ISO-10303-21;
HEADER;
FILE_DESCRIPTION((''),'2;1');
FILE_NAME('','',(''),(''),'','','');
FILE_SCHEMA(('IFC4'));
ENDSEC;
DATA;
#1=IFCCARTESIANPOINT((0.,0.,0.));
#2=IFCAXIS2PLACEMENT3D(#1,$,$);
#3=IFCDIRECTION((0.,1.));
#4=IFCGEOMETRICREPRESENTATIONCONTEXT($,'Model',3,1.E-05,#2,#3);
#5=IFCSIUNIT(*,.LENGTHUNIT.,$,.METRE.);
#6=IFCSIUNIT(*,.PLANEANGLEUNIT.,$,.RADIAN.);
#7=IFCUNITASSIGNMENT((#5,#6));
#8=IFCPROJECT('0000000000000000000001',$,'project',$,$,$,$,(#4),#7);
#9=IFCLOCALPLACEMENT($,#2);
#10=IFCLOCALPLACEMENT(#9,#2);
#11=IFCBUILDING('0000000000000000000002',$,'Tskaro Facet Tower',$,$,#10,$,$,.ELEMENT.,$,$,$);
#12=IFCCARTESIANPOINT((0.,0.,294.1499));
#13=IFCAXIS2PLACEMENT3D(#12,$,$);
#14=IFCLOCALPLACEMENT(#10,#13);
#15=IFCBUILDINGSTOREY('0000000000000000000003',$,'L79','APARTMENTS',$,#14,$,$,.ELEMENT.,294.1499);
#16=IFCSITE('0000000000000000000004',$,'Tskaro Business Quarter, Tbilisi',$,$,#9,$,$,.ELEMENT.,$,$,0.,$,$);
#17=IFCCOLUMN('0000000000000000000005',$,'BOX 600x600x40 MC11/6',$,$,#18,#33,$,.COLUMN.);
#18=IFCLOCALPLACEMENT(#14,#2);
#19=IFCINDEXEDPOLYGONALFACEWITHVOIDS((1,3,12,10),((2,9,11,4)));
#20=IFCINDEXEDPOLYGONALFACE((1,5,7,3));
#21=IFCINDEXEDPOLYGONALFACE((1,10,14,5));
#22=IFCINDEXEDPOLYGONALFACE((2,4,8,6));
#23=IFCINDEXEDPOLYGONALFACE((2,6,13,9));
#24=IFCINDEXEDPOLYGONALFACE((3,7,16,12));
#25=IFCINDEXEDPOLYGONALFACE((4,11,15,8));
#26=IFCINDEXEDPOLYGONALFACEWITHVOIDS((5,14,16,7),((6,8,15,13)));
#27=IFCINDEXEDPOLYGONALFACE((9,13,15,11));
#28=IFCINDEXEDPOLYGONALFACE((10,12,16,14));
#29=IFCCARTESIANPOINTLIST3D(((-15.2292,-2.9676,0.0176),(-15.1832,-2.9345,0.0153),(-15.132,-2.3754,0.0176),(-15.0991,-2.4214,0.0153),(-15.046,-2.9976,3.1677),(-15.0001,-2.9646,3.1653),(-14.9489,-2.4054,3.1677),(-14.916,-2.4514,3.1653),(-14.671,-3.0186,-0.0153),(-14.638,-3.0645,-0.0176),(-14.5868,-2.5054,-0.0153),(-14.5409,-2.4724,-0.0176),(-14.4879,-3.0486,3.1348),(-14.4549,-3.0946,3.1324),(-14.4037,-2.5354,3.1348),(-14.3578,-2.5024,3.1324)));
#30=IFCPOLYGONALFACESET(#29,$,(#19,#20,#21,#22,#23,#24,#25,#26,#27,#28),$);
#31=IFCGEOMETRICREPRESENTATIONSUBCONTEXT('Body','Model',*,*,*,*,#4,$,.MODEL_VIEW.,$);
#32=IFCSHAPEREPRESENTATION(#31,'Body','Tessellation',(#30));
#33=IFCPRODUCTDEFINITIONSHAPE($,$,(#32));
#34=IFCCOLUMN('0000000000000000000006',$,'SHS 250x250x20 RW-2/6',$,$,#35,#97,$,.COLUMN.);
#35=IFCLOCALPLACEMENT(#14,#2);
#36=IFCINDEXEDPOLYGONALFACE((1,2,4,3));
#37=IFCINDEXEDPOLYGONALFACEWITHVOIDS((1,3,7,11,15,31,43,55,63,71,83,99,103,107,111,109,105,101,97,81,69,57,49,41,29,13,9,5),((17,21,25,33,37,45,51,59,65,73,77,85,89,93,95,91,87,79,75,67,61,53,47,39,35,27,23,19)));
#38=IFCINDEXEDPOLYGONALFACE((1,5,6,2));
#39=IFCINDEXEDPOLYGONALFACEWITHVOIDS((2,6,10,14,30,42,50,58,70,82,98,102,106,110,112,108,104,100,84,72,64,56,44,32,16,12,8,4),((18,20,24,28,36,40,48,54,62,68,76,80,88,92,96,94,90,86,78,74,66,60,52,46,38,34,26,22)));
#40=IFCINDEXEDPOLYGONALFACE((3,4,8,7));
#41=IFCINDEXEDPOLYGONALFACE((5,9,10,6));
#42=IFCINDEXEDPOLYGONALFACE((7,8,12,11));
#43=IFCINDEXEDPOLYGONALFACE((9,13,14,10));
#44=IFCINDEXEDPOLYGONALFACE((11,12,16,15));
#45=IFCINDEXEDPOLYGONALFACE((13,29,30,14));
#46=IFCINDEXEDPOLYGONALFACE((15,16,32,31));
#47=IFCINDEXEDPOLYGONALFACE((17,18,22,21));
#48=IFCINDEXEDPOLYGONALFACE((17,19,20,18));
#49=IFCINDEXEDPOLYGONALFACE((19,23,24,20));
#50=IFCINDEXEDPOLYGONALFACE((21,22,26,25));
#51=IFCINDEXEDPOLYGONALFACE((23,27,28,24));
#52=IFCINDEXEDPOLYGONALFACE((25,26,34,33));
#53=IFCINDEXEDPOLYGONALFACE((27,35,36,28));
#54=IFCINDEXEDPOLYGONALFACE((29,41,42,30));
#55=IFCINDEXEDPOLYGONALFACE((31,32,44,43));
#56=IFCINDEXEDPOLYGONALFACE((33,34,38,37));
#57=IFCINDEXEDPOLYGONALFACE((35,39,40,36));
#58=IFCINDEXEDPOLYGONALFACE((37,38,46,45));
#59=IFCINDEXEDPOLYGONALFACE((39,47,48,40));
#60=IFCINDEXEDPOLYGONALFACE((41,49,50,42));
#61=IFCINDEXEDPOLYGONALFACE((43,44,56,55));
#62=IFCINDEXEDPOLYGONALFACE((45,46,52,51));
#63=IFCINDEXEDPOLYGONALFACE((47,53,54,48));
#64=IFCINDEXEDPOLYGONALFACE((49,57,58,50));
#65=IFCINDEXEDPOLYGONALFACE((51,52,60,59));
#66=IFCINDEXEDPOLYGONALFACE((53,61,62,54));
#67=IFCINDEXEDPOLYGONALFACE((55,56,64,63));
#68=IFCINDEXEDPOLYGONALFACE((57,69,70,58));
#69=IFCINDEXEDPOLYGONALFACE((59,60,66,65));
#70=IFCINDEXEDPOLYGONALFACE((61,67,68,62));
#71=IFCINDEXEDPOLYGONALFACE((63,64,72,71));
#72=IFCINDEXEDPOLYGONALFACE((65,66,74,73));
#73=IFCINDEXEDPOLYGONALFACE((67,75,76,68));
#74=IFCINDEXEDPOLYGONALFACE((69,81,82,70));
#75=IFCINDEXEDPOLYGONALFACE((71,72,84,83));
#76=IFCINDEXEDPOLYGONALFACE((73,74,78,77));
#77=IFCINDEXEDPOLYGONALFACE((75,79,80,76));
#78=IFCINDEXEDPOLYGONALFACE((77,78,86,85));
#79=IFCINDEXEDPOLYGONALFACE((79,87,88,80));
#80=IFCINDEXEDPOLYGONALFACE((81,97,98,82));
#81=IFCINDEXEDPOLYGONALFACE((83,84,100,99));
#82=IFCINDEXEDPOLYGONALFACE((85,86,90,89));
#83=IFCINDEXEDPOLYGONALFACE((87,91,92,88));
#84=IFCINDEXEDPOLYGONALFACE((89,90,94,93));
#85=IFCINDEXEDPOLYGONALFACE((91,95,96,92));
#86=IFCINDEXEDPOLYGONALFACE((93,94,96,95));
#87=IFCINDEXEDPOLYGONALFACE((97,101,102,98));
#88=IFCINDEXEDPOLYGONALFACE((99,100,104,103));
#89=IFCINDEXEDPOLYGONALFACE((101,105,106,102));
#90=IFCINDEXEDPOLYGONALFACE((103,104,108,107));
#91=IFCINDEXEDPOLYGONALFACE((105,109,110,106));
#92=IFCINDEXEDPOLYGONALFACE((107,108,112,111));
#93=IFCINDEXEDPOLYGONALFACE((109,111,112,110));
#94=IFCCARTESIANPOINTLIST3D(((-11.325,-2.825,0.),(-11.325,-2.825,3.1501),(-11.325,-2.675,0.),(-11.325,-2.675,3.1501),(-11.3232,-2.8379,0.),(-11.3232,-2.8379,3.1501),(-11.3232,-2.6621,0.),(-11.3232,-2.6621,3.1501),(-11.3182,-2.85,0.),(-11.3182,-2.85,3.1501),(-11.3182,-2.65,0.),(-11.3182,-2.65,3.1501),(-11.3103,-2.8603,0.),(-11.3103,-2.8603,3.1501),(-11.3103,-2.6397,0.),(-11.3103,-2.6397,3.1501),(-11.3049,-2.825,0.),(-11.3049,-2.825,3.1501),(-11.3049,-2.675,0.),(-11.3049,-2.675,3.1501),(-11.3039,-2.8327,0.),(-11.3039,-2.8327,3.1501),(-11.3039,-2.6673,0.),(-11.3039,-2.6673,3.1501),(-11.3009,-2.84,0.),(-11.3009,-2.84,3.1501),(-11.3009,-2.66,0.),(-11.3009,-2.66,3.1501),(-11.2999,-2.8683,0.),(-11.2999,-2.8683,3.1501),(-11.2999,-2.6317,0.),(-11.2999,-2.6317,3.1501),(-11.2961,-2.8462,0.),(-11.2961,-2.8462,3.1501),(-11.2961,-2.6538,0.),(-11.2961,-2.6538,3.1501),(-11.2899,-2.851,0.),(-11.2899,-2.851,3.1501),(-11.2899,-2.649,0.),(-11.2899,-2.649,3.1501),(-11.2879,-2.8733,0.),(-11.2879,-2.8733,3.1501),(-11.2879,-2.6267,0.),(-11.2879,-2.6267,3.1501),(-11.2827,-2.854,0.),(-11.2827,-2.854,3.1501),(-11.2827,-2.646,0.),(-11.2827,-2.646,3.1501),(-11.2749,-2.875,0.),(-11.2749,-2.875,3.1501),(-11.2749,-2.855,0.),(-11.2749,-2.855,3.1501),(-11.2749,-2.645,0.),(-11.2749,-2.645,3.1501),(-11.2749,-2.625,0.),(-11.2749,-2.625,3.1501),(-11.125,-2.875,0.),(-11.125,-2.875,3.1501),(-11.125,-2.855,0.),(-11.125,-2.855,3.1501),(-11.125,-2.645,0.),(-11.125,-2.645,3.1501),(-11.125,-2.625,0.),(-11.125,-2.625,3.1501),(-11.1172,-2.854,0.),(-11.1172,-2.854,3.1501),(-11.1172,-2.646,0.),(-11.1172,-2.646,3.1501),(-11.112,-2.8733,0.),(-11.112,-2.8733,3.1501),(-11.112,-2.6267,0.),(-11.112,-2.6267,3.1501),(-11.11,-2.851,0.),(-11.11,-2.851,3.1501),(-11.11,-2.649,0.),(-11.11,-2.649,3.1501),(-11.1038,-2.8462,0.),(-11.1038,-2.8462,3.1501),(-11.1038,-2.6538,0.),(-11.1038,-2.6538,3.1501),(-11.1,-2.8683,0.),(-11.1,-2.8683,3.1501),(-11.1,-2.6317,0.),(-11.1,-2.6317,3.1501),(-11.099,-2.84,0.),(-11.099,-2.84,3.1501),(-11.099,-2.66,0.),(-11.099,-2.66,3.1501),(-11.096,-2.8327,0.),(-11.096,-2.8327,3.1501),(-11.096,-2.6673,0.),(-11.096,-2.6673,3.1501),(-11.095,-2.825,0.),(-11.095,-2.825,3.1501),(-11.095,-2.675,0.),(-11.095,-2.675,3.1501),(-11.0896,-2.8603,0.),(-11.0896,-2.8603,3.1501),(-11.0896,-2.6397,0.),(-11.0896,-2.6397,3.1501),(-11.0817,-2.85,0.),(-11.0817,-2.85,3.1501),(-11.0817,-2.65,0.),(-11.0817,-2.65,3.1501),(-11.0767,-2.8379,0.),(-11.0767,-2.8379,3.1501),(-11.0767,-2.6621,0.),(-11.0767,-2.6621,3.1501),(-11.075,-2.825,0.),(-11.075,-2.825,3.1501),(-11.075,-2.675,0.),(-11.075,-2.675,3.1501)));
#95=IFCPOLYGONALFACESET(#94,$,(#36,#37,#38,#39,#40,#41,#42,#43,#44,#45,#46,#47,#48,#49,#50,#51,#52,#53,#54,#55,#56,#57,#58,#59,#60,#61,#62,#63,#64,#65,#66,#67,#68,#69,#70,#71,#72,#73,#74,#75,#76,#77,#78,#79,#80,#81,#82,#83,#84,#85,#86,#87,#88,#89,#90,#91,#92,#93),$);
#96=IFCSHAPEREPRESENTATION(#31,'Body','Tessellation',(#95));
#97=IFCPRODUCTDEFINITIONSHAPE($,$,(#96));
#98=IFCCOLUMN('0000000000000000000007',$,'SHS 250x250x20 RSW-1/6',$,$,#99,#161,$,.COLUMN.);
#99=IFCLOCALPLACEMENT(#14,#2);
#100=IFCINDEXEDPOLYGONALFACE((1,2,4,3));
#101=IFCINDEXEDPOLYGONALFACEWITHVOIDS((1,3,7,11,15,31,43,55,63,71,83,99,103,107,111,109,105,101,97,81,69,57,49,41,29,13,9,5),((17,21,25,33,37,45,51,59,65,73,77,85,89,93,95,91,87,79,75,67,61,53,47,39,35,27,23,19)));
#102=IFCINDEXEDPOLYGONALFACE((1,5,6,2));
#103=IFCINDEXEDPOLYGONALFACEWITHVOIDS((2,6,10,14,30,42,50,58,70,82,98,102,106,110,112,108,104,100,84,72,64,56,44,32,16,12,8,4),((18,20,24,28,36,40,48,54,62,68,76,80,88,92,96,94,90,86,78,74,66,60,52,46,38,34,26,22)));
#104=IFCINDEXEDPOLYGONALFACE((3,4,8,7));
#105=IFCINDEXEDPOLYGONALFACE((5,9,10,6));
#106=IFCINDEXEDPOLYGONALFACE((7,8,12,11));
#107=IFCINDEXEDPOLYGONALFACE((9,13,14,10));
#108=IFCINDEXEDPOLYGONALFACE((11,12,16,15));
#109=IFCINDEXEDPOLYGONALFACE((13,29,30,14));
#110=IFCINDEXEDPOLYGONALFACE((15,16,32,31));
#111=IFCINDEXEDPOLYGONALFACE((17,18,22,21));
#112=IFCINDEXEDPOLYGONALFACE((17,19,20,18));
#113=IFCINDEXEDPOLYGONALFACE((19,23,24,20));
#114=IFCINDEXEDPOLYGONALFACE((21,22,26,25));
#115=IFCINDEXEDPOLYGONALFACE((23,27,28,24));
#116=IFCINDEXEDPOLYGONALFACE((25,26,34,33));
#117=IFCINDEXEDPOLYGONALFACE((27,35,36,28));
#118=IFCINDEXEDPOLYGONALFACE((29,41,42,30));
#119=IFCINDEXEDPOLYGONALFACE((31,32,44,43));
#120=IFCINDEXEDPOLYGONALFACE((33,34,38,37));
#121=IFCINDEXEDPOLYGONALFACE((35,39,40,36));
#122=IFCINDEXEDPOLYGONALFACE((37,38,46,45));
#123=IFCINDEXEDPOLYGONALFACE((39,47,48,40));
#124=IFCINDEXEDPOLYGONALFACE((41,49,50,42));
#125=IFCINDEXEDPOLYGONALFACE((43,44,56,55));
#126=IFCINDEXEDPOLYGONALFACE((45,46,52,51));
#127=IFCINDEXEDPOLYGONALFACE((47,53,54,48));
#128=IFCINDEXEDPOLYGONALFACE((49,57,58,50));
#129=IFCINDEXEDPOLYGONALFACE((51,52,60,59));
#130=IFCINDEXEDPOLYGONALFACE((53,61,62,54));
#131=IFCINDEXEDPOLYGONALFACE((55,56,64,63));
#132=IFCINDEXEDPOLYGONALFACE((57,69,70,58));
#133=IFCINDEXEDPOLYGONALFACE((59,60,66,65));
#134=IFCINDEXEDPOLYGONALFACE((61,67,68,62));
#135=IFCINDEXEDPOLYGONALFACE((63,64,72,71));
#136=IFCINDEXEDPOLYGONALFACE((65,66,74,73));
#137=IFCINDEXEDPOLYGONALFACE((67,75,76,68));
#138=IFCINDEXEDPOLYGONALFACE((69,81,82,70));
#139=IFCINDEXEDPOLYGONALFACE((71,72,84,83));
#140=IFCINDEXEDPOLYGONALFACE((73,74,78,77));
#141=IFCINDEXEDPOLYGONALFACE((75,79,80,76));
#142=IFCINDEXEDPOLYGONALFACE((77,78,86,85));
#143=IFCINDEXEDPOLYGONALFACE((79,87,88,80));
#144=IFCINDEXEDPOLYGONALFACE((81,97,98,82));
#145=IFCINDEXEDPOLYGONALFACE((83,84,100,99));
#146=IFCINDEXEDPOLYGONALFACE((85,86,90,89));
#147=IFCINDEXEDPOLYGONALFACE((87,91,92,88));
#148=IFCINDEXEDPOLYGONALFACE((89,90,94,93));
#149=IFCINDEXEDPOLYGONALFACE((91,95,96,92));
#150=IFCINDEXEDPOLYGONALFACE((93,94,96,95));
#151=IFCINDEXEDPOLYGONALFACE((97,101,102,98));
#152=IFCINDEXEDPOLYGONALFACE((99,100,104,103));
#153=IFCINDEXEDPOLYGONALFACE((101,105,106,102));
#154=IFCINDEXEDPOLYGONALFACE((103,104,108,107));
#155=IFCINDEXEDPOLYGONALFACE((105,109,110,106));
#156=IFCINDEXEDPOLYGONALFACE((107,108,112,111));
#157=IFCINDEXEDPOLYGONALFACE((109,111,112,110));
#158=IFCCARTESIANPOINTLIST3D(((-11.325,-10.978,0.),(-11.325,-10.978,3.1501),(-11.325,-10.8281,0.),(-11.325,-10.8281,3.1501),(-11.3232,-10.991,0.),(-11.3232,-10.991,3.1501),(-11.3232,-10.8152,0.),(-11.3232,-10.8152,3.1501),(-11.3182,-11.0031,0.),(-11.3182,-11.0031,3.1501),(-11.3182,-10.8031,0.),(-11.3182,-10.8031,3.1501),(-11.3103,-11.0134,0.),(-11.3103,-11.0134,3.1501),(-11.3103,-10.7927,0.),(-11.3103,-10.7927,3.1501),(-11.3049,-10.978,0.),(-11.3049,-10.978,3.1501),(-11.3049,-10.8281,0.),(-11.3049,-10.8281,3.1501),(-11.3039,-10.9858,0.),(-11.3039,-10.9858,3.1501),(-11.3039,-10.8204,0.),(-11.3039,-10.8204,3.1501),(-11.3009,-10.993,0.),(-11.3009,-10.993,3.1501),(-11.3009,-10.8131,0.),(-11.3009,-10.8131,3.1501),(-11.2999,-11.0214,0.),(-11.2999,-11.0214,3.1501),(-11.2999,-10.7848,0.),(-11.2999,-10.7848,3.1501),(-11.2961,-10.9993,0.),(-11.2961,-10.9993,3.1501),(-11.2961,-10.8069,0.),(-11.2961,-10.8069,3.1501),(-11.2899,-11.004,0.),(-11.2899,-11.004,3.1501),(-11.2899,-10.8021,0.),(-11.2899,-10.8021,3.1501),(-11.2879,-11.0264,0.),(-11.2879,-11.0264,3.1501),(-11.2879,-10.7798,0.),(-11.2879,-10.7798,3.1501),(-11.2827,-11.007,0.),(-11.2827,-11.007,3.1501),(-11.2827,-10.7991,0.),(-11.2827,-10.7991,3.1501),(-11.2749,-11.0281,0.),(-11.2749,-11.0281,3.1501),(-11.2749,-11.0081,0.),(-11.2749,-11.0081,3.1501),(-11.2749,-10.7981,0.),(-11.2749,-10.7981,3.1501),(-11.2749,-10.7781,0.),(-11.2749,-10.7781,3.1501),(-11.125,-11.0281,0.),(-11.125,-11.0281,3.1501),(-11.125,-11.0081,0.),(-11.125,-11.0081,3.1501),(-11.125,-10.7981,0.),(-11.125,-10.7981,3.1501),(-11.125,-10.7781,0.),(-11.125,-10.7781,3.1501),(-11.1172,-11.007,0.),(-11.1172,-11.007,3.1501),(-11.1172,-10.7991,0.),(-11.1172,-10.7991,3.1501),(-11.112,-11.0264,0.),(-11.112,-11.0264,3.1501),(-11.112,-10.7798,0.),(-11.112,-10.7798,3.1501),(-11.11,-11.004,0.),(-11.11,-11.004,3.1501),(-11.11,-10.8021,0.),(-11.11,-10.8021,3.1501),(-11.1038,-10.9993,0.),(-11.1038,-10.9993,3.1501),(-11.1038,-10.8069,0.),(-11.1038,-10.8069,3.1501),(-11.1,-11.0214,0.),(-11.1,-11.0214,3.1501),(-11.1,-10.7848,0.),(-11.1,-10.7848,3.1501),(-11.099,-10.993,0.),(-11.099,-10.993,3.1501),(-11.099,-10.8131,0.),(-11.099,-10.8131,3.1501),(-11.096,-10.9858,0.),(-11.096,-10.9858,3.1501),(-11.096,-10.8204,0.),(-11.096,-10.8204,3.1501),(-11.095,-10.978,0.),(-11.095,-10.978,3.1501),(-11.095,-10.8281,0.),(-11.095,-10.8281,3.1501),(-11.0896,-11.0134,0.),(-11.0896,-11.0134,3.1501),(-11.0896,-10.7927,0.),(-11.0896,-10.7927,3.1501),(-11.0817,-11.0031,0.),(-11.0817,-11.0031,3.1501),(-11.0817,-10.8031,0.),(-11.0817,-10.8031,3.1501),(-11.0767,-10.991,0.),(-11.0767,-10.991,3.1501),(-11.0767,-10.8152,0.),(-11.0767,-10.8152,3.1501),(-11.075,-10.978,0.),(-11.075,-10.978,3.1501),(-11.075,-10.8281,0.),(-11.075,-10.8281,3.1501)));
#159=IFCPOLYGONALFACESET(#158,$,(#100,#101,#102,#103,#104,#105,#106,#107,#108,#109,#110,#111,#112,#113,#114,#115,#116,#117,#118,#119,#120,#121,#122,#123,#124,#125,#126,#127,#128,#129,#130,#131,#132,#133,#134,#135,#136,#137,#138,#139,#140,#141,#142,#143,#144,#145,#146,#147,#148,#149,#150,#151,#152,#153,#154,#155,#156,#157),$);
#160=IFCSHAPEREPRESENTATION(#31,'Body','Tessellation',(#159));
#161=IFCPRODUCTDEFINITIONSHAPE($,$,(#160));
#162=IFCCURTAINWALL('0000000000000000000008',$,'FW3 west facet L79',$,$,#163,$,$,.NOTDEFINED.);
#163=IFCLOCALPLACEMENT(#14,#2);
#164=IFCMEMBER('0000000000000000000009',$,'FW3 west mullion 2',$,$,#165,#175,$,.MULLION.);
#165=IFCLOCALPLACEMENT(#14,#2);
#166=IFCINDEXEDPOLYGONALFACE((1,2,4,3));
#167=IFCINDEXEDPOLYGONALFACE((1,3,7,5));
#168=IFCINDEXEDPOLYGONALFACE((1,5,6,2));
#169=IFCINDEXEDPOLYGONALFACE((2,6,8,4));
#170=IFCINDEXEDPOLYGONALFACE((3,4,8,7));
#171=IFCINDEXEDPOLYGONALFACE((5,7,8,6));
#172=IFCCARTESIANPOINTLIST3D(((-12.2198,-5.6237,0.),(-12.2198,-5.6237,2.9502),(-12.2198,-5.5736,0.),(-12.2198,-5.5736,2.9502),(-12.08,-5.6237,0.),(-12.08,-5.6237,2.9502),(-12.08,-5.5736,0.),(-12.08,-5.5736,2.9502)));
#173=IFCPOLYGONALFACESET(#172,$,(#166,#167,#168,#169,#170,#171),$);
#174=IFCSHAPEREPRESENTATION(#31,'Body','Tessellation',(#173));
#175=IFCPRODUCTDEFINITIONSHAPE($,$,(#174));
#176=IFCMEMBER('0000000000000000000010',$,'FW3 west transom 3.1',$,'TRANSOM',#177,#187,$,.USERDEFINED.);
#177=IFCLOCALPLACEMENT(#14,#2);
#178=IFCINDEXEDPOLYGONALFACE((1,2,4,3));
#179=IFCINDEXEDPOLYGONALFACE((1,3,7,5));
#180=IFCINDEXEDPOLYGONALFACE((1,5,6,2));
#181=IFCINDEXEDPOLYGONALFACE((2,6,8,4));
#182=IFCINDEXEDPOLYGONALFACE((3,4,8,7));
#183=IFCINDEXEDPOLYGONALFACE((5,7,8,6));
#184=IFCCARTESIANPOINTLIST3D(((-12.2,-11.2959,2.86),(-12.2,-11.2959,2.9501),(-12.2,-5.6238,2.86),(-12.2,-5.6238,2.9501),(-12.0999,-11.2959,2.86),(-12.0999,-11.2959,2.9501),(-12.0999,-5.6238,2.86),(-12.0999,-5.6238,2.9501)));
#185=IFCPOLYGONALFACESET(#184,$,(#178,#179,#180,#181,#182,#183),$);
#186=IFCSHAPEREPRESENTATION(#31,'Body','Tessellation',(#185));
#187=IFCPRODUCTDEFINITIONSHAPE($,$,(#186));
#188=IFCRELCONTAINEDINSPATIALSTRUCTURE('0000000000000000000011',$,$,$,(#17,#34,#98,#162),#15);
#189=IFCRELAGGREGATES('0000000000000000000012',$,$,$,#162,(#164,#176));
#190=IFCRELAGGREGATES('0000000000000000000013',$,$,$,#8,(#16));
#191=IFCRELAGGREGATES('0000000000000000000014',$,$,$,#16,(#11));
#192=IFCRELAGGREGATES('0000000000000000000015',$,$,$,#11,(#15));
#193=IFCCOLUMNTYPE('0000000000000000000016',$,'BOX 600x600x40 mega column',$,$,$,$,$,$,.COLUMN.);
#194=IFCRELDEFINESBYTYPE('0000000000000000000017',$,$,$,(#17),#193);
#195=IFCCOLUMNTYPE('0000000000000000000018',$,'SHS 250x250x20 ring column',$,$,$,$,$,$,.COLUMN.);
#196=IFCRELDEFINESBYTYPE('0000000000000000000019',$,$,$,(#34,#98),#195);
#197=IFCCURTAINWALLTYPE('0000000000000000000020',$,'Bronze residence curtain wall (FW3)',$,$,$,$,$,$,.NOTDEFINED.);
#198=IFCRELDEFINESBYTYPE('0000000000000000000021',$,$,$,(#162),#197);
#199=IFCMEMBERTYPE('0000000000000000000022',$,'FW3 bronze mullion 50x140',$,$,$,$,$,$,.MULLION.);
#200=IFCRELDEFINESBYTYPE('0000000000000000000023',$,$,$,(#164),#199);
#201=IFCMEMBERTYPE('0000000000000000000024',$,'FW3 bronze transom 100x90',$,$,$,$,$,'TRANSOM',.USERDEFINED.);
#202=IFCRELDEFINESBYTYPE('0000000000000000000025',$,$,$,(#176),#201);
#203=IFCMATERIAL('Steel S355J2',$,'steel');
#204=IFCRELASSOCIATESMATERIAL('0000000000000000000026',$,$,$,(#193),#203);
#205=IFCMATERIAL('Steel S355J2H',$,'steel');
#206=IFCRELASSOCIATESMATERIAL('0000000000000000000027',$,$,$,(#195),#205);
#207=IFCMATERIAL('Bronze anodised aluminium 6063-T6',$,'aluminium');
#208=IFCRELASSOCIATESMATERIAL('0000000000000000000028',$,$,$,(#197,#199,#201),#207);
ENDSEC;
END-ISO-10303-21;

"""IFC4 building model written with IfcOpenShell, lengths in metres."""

from ifc_helpers import new_model, si_unit, direction, frame, origin, origin_2d, place, context, subcontext, project, spatial, rectangle, hollow_rectangle, extrude, material, material_profile, profile_set, type_object, element, aggregate, save


model = new_model("IFC4")

# Units and contexts
model_context = context("Model", 3, precision=1e-05, world=origin(), true_north=direction((0.0, 1.0)))
body_context = subcontext(model_context, "Body", "Model", "MODEL_VIEW")
ifc_project = project(units=[si_unit("LENGTHUNIT", "METRE"), si_unit("PLANEANGLEUNIT", "RADIAN")], contexts=[model_context])

# Site, building, storey
site_placement = place(None, origin())
site = spatial("IfcSite", under=ifc_project, at=site_placement, Name="Tskaro Business Quarter, Tbilisi", CompositionType="ELEMENT", RefElevation=0.0)
building_placement = place(site_placement, origin())
building = spatial("IfcBuilding", under=site, at=building_placement, Name="Tskaro Facet Tower", CompositionType="ELEMENT")
storey_placement = place(building_placement, frame((0.0, 0.0, 294.1499)))
storey = spatial("IfcBuildingStorey", under=building, at=storey_placement, Name="L79", Description="APARTMENTS", CompositionType="ELEMENT", Elevation=294.1499)

# Columns
ifc_material_1 = material(Name="Steel S355J2", Category="steel")
ifc_material_profile_1 = material_profile(ifc_material_1, hollow_rectangle(XDim=0.6001, YDim=0.6001, WallThickness=0.04, at=origin_2d()), Name="BOX 600x600x40")
ifc_profile_set_1 = profile_set([ifc_material_profile_1], Name="Steel S355J2")
column_type_1 = type_object("IfcColumnType", Name="BOX 600x600x40 mega column", PredefinedType="COLUMN", material=ifc_profile_set_1)
column_placement = place(storey_placement, frame((-14.885, -2.72, 0.0), z_axis=(0.058025, -0.009516, 0.99827), x_axis=(0.161838, 0.986817, 0.0)))
element("IfcColumn", 1, at=column_placement, inside=storey, type_object=column_type_1, Name="BOX 600x600x40 MC11/6", PredefinedType="COLUMN", context=body_context, shape_type="SweptSolid", body=[
    extrude(hollow_rectangle(XDim=0.6001, YDim=0.6001, WallThickness=0.04, at=origin_2d()), origin(), (0.0, 0.0, 1.0), 3.1555),
])
ifc_material_2 = material(Name="Steel S355J2H", Category="steel")
ifc_material_profile_2 = material_profile(ifc_material_2, hollow_rectangle(XDim=0.25, YDim=0.25, WallThickness=0.02, InnerFilletRadius=0.03, OuterFilletRadius=0.05, at=origin_2d()), Name="SHS 250x250x20")
ifc_profile_set_2 = profile_set([ifc_material_profile_2], Name="Steel S355J2H")
column_type_2 = type_object("IfcColumnType", Name="SHS 250x250x20 ring column", PredefinedType="COLUMN", material=ifc_profile_set_2)
for number, where, z_axis, x_axis, name in (
    (2, (-11.2, -2.75, 0.0), (0.0, 0.0, 1.0), (1.0, 0.0, 0.0), "SHS 250x250x20 RW-2/6"),
    (3, (-11.2, -10.9031, 0.0), (0.0, 0.0, 1.0), (1.0, 0.0, 0.0), "SHS 250x250x20 RSW-1/6"),
):
    element("IfcColumn", number, at=place(storey_placement, frame(where, z_axis=z_axis, x_axis=x_axis)), inside=storey, type_object=column_type_2, Name=name, PredefinedType="COLUMN", context=body_context, shape_type="SweptSolid", body=[
        extrude(hollow_rectangle(XDim=0.25, YDim=0.25, WallThickness=0.02, InnerFilletRadius=0.03, OuterFilletRadius=0.05, at=origin_2d()), origin(), (0.0, 0.0, 1.0), 3.1501),
    ])

# Curtain wall, members
ifc_material_3 = material(Name="Bronze anodised aluminium 6063-T6", Category="aluminium")
curtain_wall_type = type_object("IfcCurtainWallType", Name="Bronze residence curtain wall (FW3)", PredefinedType="NOTDEFINED", material=ifc_material_3)
curtain_wall_placement = place(storey_placement, origin())
curtain_wall = element("IfcCurtainWall", 4, at=curtain_wall_placement, inside=storey, type_object=curtain_wall_type, Name="FW3 west facet L79", PredefinedType="NOTDEFINED")
ifc_material_profile_3 = material_profile(ifc_material_3, rectangle(XDim=0.05, YDim=0.1399, at=origin_2d()), Name="Mullion 50x140")
ifc_profile_set_3 = profile_set([ifc_material_profile_3], Name="Bronze anodised aluminium 6063-T6")
member_type_1 = type_object("IfcMemberType", Name="FW3 bronze mullion 50x140", PredefinedType="MULLION", material=ifc_profile_set_3)
member_1_placement = place(storey_placement, frame((-12.1499, -5.5986, 0.0), z_axis=(0.0, 0.0, 1.0), x_axis=(0.0, -1.0, 0.0)))
member_1 = element("IfcMember", 5, at=member_1_placement, type_object=member_type_1, Name="FW3 west mullion 2", PredefinedType="MULLION", context=body_context, shape_type="SweptSolid", body=[
    extrude(rectangle(XDim=0.05, YDim=0.1399, at=origin_2d()), origin(), (0.0, 0.0, 1.0), 2.9502),
])
ifc_material_profile_4 = material_profile(ifc_material_3, rectangle(XDim=0.1001, YDim=0.0901, at=origin_2d()), Name="Transom 100x90")
ifc_profile_set_4 = profile_set([ifc_material_profile_4], Name="Bronze anodised aluminium 6063-T6")
member_type_2 = type_object("IfcMemberType", Name="FW3 bronze transom 100x90", ElementType="TRANSOM", PredefinedType="USERDEFINED", material=ifc_profile_set_4)
member_2_placement = place(storey_placement, frame((-12.1499, -5.6238, 2.905), z_axis=(0.0, -1.0, 0.0), x_axis=(1.0, 0.0, 0.0)))
member_2 = element("IfcMember", 6, at=member_2_placement, type_object=member_type_2, Name="FW3 west transom 3.1", ObjectType="TRANSOM", PredefinedType="USERDEFINED", context=body_context, shape_type="SweptSolid", body=[
    extrude(rectangle(XDim=0.1001, YDim=0.0901, at=origin_2d()), origin(), (0.0, 0.0, 1.0), 5.6721),
])

aggregate(curtain_wall, [member_1, member_2])

save(model, "model.ifc")
